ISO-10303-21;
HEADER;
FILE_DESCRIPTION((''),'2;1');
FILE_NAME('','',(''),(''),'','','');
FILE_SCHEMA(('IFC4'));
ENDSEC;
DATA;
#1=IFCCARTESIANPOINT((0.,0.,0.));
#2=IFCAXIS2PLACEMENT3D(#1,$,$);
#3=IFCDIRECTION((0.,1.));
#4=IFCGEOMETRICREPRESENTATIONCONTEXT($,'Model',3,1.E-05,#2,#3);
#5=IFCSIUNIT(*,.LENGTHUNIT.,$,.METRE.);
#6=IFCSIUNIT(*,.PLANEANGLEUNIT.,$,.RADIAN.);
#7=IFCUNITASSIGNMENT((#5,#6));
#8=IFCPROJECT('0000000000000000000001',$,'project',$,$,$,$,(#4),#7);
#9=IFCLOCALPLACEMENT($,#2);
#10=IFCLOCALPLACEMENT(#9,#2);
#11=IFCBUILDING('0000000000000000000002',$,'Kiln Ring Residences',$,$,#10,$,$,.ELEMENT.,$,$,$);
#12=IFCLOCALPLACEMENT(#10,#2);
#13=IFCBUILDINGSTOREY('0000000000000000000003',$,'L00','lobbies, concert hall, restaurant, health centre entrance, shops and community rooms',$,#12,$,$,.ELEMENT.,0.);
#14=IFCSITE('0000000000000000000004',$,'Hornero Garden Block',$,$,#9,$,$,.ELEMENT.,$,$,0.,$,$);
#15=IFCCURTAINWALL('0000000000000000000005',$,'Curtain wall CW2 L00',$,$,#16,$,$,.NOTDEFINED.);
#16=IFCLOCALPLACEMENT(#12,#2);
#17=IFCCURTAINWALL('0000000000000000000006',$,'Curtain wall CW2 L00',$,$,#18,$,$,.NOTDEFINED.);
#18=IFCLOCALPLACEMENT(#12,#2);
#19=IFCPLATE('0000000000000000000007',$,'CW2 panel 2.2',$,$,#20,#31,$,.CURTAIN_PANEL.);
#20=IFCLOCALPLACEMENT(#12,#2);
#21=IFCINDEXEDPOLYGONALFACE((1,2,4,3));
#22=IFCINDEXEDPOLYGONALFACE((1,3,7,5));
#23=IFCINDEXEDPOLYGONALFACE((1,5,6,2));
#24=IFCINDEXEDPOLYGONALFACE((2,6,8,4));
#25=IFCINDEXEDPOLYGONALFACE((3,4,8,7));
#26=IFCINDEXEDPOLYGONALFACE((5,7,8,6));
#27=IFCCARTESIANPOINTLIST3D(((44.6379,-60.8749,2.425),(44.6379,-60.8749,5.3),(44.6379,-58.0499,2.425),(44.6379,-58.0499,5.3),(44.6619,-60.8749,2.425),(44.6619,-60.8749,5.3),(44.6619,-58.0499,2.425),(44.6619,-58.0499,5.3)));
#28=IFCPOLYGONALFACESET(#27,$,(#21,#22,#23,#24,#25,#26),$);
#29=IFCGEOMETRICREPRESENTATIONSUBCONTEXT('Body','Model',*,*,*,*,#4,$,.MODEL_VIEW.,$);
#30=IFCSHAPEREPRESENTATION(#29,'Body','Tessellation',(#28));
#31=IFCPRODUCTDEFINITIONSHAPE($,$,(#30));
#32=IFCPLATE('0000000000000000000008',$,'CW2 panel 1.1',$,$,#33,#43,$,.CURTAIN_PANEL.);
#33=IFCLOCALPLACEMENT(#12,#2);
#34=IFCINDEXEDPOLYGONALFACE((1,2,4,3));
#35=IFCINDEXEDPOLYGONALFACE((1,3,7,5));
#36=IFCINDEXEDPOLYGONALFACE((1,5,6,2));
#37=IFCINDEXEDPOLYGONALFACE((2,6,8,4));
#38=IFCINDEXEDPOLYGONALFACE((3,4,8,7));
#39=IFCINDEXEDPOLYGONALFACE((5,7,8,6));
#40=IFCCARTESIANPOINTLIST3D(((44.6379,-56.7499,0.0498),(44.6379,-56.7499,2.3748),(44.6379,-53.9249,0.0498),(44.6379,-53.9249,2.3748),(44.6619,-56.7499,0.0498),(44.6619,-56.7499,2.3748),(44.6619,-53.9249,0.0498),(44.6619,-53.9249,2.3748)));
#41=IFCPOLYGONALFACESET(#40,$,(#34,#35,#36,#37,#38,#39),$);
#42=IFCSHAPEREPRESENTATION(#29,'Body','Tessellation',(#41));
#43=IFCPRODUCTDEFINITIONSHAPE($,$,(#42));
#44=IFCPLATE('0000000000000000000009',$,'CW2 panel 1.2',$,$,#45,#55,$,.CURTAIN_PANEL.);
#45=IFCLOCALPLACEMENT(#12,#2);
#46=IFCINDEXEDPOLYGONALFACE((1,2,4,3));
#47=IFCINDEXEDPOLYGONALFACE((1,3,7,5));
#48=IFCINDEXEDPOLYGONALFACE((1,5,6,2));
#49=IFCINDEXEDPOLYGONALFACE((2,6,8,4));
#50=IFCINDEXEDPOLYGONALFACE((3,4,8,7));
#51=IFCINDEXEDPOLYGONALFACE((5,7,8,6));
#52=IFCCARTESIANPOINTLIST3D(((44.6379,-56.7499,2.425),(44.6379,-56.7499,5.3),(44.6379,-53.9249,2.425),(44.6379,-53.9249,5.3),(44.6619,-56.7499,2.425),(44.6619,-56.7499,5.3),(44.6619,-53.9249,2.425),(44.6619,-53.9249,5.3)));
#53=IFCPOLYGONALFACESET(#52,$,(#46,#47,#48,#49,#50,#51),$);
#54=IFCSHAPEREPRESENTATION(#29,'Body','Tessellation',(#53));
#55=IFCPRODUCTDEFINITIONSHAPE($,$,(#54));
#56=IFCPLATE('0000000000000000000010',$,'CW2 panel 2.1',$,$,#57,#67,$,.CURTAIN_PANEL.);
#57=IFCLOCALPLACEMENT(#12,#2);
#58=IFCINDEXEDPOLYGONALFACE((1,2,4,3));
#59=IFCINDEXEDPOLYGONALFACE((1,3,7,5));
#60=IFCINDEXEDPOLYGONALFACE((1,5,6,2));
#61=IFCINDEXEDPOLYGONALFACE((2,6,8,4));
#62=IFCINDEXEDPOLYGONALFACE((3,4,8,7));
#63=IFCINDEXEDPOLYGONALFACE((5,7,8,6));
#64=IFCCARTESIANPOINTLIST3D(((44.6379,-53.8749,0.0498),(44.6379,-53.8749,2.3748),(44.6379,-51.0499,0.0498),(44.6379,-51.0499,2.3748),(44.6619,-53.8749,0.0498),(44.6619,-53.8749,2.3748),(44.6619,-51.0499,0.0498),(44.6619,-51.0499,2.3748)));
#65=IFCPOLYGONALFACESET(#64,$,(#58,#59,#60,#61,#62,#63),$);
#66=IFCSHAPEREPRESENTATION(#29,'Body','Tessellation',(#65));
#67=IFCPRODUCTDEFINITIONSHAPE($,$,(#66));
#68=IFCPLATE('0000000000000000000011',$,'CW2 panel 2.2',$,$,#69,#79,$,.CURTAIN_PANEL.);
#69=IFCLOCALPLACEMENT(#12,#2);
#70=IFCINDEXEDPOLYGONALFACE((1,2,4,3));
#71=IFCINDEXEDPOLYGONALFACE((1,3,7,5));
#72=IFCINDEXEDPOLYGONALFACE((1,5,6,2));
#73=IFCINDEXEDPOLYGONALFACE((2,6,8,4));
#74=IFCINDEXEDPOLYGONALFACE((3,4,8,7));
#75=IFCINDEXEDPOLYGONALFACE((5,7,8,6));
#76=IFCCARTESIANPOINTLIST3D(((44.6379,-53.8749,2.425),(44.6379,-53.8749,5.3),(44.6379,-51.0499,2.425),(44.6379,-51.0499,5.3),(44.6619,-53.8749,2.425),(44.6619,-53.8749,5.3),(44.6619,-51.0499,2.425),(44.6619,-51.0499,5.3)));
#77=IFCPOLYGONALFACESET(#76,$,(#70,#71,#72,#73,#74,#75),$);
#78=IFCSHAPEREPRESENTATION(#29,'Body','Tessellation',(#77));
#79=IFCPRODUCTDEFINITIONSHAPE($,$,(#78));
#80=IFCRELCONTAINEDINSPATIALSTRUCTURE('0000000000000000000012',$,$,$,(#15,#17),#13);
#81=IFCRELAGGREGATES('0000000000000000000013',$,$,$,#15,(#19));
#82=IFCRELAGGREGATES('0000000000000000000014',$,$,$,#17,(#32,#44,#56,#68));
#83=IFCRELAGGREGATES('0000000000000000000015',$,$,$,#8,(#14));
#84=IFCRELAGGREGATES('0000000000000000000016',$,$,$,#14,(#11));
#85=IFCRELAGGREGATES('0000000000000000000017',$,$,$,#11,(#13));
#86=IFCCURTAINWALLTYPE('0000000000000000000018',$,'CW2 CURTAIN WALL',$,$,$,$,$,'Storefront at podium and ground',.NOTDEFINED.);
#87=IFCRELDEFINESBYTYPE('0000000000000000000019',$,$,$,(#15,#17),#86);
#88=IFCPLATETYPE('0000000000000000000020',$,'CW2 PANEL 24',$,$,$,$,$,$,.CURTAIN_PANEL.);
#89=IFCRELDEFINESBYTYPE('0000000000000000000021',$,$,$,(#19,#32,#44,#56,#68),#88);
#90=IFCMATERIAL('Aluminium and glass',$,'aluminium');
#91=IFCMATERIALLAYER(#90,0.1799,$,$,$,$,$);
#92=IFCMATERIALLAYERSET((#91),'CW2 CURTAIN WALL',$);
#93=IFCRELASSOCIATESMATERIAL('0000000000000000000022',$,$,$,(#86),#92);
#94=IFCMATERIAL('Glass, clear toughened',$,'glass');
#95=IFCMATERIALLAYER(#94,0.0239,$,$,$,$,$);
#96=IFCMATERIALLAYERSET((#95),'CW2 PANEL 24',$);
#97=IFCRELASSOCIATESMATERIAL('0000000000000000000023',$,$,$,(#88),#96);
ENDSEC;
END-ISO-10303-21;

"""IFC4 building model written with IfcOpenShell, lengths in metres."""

from ifc_helpers import new_model, si_unit, direction, frame, origin, origin_2d, place, context, subcontext, project, spatial, rectangle, extrude, material, layer, layer_set, type_object, element, aggregate, save


model = new_model("IFC4")

# Units and contexts
model_context = context("Model", 3, precision=1e-05, world=origin(), true_north=direction((0.0, 1.0)))
body_context = subcontext(model_context, "Body", "Model", "MODEL_VIEW")
ifc_project = project(units=[si_unit("LENGTHUNIT", "METRE"), si_unit("PLANEANGLEUNIT", "RADIAN")], contexts=[model_context])

# Site, building, storey
site_placement = place(None, origin())
site = spatial("IfcSite", under=ifc_project, at=site_placement, Name="Hornero Garden Block", CompositionType="ELEMENT", RefElevation=0.0)
building_placement = place(site_placement, origin())
building = spatial("IfcBuilding", under=site, at=building_placement, Name="Kiln Ring Residences", CompositionType="ELEMENT")
storey_placement = place(building_placement, origin())
storey = spatial("IfcBuildingStorey", under=building, at=storey_placement, Name="L00", Description="lobbies, concert hall, restaurant, health centre entrance, shops and community rooms", CompositionType="ELEMENT", Elevation=0.0)

# Curtain walls
ifc_material_1 = material(Name="Aluminium and glass", Category="aluminium")
ifc_layer_1 = layer(ifc_material_1, 0.1799)
ifc_layer_set_1 = layer_set([ifc_layer_1], Name="CW2 CURTAIN WALL")
curtain_wall_type = type_object("IfcCurtainWallType", Name="CW2 CURTAIN WALL", ElementType="Storefront at podium and ground", PredefinedType="NOTDEFINED", material=ifc_layer_set_1)
placement = place(storey_placement, origin())
curtain_wall_1 = element("IfcCurtainWall", 1, at=placement, inside=storey, type_object=curtain_wall_type, Name="Curtain wall CW2 L00", PredefinedType="NOTDEFINED")
curtain_wall_2 = element("IfcCurtainWall", 2, at=placement, inside=storey, type_object=curtain_wall_type, Name="Curtain wall CW2 L00", PredefinedType="NOTDEFINED")

# Plates
ifc_material_2 = material(Name="Glass, clear toughened", Category="glass")
ifc_layer_2 = layer(ifc_material_2, 0.0239)
ifc_layer_set_2 = layer_set([ifc_layer_2], Name="CW2 PANEL 24")
plate_type = type_object("IfcPlateType", Name="CW2 PANEL 24", PredefinedType="CURTAIN_PANEL", material=ifc_layer_set_2)
plate_1_placement = place(storey_placement, frame((44.6499, -59.4624, 2.425), z_axis=(0.0, 0.0, 1.0), x_axis=(0.0, 1.0, 0.0)))
plate_1 = element("IfcPlate", 3, at=plate_1_placement, type_object=plate_type, Name="CW2 panel 2.2", PredefinedType="CURTAIN_PANEL", context=body_context, shape_type="SweptSolid", body=[
    extrude(rectangle(XDim=2.825, YDim=0.0239, at=origin_2d()), origin(), (0.0, 0.0, 1.0), 2.875),
])
aggregate(curtain_wall_1, [plate_1])
plate_2_placement = place(storey_placement, frame((44.6499, -55.3374, 0.0498), z_axis=(0.0, 0.0, 1.0), x_axis=(0.0, 1.0, 0.0)))
plate_2 = element("IfcPlate", 4, at=plate_2_placement, type_object=plate_type, Name="CW2 panel 1.1", PredefinedType="CURTAIN_PANEL", context=body_context, shape_type="SweptSolid", body=[
    extrude(rectangle(XDim=2.825, YDim=0.0239, at=origin_2d()), origin(), (0.0, 0.0, 1.0), 2.325),
])
plate_3_placement = place(storey_placement, frame((44.6499, -55.3374, 2.425), z_axis=(0.0, 0.0, 1.0), x_axis=(0.0, 1.0, 0.0)))
plate_3 = element("IfcPlate", 5, at=plate_3_placement, type_object=plate_type, Name="CW2 panel 1.2", PredefinedType="CURTAIN_PANEL", context=body_context, shape_type="SweptSolid", body=[
    extrude(rectangle(XDim=2.825, YDim=0.0239, at=origin_2d()), origin(), (0.0, 0.0, 1.0), 2.875),
])
plate_4_placement = place(storey_placement, frame((44.6499, -52.4624, 0.0498), z_axis=(0.0, 0.0, 1.0), x_axis=(0.0, 1.0, 0.0)))
plate_4 = element("IfcPlate", 6, at=plate_4_placement, type_object=plate_type, Name="CW2 panel 2.1", PredefinedType="CURTAIN_PANEL", context=body_context, shape_type="SweptSolid", body=[
    extrude(rectangle(XDim=2.825, YDim=0.0239, at=origin_2d()), origin(), (0.0, 0.0, 1.0), 2.325),
])
plate_5_placement = place(storey_placement, frame((44.6499, -52.4624, 2.425), z_axis=(0.0, 0.0, 1.0), x_axis=(0.0, 1.0, 0.0)))
plate_5 = element("IfcPlate", 7, at=plate_5_placement, type_object=plate_type, Name="CW2 panel 2.2", PredefinedType="CURTAIN_PANEL", context=body_context, shape_type="SweptSolid", body=[
    extrude(rectangle(XDim=2.825, YDim=0.0239, at=origin_2d()), origin(), (0.0, 0.0, 1.0), 2.875),
])
aggregate(curtain_wall_2, [plate_2, plate_3, plate_4, plate_5])

save(model, "model.ifc")
